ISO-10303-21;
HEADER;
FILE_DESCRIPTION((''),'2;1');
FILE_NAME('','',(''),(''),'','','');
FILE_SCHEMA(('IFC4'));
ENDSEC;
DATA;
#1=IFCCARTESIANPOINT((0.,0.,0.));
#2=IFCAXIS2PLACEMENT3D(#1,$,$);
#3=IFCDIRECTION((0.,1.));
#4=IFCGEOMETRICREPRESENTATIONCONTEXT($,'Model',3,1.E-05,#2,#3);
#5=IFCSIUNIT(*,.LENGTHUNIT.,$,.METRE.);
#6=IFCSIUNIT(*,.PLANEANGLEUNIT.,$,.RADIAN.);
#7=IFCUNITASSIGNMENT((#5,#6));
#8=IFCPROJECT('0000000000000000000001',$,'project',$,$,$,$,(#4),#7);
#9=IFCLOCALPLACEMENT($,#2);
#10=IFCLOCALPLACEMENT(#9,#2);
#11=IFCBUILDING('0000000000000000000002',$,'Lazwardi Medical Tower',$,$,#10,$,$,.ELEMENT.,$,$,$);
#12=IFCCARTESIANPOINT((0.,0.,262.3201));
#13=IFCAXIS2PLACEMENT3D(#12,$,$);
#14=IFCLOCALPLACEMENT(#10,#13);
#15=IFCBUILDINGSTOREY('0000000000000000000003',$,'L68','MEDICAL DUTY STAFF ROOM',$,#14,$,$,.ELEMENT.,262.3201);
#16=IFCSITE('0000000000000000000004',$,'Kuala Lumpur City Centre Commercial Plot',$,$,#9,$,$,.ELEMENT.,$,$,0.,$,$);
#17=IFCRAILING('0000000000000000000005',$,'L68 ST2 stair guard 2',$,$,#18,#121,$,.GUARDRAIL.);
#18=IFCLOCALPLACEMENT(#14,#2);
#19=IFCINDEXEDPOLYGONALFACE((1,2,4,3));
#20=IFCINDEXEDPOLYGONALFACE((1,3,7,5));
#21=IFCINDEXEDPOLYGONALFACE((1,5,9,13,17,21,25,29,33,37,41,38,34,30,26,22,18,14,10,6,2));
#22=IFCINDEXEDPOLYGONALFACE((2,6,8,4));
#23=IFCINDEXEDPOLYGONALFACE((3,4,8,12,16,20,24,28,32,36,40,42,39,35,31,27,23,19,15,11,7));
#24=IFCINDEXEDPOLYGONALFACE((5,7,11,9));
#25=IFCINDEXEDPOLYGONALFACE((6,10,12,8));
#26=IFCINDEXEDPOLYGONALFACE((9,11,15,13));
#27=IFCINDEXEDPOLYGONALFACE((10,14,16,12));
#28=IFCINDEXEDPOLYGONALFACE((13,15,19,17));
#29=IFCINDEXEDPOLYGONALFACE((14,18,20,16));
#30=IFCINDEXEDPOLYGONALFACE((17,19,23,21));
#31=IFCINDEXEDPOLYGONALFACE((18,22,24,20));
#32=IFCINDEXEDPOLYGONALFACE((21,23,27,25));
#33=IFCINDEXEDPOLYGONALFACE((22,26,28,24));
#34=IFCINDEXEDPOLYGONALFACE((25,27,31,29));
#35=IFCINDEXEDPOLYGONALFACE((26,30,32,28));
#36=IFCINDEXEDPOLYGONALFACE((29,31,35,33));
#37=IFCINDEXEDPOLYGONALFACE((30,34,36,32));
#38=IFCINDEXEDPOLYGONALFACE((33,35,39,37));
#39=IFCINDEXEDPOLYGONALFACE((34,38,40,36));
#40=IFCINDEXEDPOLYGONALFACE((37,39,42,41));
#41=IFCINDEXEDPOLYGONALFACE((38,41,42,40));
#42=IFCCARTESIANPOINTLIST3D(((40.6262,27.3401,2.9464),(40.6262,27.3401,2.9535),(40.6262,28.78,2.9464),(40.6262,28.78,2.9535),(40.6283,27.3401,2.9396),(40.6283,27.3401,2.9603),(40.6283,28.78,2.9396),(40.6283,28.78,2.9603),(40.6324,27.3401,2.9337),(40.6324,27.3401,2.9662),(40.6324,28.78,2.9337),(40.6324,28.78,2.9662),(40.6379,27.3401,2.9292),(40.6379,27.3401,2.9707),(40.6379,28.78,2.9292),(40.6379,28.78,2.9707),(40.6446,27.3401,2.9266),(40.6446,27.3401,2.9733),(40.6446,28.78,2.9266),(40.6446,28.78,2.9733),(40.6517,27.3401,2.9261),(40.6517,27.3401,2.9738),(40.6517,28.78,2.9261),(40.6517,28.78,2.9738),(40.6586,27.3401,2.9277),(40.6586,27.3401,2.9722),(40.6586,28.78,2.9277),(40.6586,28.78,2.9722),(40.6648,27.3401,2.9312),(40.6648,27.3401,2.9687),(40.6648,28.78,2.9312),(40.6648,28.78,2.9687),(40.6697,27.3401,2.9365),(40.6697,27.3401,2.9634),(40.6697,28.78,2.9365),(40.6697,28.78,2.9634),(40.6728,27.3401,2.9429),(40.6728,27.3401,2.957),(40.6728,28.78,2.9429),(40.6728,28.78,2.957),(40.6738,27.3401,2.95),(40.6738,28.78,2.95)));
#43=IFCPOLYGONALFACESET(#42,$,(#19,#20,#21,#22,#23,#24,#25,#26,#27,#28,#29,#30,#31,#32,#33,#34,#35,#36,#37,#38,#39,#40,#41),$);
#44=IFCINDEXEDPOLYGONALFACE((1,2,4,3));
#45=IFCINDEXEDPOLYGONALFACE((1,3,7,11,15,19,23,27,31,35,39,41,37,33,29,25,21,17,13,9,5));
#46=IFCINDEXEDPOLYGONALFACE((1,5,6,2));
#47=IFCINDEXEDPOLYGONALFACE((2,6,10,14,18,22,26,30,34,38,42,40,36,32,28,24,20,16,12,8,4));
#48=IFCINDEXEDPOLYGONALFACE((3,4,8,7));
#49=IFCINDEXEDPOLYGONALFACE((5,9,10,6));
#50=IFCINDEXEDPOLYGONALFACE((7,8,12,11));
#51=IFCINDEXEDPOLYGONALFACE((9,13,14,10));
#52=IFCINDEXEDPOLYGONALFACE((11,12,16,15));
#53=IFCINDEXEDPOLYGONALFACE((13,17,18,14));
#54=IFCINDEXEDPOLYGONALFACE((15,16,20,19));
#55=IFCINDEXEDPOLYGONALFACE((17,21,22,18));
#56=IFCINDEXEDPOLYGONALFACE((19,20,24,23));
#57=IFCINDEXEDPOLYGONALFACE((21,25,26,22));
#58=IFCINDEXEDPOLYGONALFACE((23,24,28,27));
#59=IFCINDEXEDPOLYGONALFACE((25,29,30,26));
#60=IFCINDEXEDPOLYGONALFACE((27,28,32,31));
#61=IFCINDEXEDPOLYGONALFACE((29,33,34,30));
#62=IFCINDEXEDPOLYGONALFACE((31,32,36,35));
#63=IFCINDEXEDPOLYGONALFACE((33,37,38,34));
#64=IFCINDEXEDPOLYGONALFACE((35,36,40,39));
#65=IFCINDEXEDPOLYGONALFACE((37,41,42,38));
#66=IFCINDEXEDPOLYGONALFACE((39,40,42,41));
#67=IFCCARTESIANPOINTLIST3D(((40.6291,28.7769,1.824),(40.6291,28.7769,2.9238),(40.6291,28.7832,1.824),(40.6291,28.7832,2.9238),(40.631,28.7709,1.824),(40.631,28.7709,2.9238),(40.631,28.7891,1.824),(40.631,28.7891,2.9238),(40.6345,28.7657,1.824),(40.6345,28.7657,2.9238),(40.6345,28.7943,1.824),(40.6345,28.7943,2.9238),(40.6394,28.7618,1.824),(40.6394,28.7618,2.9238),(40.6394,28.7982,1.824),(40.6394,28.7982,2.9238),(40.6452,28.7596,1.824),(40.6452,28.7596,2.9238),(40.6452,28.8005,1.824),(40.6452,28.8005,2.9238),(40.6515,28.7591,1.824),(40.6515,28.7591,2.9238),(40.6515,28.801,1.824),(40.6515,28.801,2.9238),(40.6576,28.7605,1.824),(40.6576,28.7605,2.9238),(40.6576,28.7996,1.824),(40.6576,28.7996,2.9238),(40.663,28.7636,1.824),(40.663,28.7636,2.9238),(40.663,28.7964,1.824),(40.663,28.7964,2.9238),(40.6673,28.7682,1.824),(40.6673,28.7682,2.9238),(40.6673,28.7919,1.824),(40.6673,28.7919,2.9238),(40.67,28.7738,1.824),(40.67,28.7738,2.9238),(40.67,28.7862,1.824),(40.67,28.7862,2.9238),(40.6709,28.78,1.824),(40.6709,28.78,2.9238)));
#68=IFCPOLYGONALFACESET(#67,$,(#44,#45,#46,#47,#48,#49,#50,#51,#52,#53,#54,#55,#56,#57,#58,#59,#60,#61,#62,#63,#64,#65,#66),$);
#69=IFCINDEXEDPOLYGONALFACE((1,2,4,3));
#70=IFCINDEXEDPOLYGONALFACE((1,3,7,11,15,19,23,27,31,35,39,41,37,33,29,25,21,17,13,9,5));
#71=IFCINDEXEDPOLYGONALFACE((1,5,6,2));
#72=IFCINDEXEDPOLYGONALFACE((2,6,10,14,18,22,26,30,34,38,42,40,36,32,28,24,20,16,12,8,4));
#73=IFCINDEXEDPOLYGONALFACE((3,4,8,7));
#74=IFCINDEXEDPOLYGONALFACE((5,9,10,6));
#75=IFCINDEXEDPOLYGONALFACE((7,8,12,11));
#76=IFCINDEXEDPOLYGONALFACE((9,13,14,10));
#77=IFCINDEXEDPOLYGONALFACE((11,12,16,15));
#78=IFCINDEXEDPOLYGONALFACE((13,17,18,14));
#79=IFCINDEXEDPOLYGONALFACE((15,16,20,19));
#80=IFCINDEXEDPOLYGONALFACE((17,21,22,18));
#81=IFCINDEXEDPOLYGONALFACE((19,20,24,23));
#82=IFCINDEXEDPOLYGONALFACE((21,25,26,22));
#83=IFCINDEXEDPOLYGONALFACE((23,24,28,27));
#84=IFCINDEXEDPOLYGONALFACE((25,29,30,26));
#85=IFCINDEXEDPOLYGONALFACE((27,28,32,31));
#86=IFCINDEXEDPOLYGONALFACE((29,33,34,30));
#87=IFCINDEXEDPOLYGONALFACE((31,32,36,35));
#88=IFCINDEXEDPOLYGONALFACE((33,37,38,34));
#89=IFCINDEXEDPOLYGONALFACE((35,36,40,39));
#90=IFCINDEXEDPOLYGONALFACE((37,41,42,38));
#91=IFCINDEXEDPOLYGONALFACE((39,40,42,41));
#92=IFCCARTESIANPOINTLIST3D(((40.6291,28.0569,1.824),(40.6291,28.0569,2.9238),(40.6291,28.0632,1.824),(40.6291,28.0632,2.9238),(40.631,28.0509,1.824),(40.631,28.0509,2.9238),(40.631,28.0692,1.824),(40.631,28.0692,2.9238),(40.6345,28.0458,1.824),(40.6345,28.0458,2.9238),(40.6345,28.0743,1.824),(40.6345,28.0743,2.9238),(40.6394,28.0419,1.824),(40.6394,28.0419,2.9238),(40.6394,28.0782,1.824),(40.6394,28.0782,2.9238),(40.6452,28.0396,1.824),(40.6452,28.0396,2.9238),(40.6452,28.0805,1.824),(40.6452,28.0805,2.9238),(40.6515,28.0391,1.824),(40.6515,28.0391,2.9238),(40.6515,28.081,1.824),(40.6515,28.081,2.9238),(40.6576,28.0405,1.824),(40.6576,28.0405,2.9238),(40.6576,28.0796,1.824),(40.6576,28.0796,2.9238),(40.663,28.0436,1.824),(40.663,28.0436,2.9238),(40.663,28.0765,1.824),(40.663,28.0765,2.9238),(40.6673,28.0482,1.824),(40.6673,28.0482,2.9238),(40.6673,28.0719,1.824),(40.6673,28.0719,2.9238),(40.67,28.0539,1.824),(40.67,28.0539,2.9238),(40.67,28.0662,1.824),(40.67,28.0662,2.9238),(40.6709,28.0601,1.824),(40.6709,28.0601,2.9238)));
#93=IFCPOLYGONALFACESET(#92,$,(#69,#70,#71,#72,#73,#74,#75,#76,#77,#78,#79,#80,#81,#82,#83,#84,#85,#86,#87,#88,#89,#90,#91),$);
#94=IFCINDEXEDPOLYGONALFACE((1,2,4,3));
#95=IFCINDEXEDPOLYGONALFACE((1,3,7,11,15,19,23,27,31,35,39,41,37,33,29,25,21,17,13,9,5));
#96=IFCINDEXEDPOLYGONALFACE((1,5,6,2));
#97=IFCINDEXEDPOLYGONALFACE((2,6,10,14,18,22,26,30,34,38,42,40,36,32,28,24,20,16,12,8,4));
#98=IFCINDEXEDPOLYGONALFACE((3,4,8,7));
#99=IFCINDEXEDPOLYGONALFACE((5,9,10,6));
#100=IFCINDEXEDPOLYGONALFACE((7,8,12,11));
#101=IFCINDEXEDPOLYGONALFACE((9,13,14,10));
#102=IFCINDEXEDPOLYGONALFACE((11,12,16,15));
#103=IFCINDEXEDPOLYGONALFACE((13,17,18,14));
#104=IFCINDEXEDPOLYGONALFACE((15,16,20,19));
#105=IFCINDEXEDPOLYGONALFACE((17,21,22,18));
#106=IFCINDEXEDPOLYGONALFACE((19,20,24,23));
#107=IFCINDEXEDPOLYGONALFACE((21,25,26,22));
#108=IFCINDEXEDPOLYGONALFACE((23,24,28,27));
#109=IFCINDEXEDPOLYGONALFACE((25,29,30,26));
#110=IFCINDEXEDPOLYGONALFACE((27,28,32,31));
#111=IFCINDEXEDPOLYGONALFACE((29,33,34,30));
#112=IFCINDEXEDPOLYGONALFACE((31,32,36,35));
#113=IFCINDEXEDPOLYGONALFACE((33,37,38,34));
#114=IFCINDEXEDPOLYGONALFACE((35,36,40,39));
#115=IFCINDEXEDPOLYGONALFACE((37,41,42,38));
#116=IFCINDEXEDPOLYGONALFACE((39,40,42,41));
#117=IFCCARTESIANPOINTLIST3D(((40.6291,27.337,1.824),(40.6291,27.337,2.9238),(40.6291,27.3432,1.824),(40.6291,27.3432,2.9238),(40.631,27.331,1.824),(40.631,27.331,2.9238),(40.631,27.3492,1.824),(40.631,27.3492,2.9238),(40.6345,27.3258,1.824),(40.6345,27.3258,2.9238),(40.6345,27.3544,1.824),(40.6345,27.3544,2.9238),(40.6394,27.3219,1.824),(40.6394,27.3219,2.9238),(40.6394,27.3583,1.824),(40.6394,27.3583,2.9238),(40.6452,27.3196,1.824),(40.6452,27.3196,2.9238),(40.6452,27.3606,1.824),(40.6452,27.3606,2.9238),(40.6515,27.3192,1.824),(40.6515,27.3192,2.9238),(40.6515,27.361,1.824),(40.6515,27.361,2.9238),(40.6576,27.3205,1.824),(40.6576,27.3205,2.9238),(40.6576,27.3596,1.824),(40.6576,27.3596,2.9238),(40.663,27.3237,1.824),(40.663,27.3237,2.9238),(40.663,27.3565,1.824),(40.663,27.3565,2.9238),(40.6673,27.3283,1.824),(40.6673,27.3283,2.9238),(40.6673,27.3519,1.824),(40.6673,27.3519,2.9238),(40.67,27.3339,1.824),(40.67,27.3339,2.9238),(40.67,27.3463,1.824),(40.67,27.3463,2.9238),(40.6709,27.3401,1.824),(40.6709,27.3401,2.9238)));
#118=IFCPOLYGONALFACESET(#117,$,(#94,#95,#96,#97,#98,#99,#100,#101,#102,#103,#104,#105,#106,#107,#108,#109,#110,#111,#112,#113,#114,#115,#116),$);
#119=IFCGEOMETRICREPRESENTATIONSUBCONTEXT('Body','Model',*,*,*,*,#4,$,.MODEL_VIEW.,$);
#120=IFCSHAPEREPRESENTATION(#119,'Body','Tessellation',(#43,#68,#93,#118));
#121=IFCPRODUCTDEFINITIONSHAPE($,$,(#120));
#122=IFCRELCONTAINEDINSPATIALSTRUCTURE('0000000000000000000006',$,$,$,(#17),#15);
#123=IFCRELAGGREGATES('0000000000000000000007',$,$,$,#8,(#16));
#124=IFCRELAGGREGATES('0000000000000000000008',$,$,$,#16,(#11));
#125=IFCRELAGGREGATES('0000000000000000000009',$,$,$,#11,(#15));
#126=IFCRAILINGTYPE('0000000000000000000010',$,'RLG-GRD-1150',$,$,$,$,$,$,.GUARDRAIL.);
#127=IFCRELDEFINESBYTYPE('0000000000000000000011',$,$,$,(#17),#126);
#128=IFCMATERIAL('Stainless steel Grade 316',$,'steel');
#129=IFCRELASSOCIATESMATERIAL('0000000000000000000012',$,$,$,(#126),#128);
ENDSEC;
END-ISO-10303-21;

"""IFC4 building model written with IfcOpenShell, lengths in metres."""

from ifc_helpers import new_model, si_unit, direction, frame, origin, origin_2d, place, context, subcontext, project, spatial, circle, extrude, material, type_object, element, save


model = new_model("IFC4")

# Units and contexts
model_context = context("Model", 3, precision=1e-05, world=origin(), true_north=direction((0.0, 1.0)))
body_context = subcontext(model_context, "Body", "Model", "MODEL_VIEW")
ifc_project = project(units=[si_unit("LENGTHUNIT", "METRE"), si_unit("PLANEANGLEUNIT", "RADIAN")], contexts=[model_context])

# Site, building, storey
site_placement = place(None, origin())
site = spatial("IfcSite", under=ifc_project, at=site_placement, Name="Kuala Lumpur City Centre Commercial Plot", CompositionType="ELEMENT", RefElevation=0.0)
building_placement = place(site_placement, origin())
building = spatial("IfcBuilding", under=site, at=building_placement, Name="Lazwardi Medical Tower", CompositionType="ELEMENT")
storey_placement = place(building_placement, frame((0.0, 0.0, 262.3201)))
storey = spatial("IfcBuildingStorey", under=building, at=storey_placement, Name="L68", Description="MEDICAL DUTY STAFF ROOM", CompositionType="ELEMENT", Elevation=262.3201)

# Railing
ifc_material_1 = material(Name="Stainless steel Grade 316", Category="steel")
railing_type_1 = type_object("IfcRailingType", Name="RLG-GRD-1150", PredefinedType="GUARDRAIL", material=ifc_material_1)
railing_1_placement = place(storey_placement, frame((40.6499, 28.78, 1.824)))
element("IfcRailing", 1, at=railing_1_placement, inside=storey, type_object=railing_type_1, Name="L68 ST2 stair guard 2", PredefinedType="GUARDRAIL", context=body_context, shape_type="SweptSolid", body=[
    extrude(circle(Radius=0.0239, at=origin_2d()), frame((0.0, 0.0, 1.126), z_axis=(0.0, -1.0, 0.0), x_axis=(1.0, 0.0, 0.0)), (0.0, 0.0, 1.0), 1.4399),
    extrude(circle(Radius=0.021, at=origin_2d()), origin(), (0.0, 0.0, 1.0), 1.0999),
    extrude(circle(Radius=0.021, at=origin_2d()), frame((0.0, -0.72, 0.0)), (0.0, 0.0, 1.0), 1.0999),
    extrude(circle(Radius=0.021, at=origin_2d()), frame((0.0, -1.4399, 0.0)), (0.0, 0.0, 1.0), 1.0999),
])

save(model, "model.ifc")
